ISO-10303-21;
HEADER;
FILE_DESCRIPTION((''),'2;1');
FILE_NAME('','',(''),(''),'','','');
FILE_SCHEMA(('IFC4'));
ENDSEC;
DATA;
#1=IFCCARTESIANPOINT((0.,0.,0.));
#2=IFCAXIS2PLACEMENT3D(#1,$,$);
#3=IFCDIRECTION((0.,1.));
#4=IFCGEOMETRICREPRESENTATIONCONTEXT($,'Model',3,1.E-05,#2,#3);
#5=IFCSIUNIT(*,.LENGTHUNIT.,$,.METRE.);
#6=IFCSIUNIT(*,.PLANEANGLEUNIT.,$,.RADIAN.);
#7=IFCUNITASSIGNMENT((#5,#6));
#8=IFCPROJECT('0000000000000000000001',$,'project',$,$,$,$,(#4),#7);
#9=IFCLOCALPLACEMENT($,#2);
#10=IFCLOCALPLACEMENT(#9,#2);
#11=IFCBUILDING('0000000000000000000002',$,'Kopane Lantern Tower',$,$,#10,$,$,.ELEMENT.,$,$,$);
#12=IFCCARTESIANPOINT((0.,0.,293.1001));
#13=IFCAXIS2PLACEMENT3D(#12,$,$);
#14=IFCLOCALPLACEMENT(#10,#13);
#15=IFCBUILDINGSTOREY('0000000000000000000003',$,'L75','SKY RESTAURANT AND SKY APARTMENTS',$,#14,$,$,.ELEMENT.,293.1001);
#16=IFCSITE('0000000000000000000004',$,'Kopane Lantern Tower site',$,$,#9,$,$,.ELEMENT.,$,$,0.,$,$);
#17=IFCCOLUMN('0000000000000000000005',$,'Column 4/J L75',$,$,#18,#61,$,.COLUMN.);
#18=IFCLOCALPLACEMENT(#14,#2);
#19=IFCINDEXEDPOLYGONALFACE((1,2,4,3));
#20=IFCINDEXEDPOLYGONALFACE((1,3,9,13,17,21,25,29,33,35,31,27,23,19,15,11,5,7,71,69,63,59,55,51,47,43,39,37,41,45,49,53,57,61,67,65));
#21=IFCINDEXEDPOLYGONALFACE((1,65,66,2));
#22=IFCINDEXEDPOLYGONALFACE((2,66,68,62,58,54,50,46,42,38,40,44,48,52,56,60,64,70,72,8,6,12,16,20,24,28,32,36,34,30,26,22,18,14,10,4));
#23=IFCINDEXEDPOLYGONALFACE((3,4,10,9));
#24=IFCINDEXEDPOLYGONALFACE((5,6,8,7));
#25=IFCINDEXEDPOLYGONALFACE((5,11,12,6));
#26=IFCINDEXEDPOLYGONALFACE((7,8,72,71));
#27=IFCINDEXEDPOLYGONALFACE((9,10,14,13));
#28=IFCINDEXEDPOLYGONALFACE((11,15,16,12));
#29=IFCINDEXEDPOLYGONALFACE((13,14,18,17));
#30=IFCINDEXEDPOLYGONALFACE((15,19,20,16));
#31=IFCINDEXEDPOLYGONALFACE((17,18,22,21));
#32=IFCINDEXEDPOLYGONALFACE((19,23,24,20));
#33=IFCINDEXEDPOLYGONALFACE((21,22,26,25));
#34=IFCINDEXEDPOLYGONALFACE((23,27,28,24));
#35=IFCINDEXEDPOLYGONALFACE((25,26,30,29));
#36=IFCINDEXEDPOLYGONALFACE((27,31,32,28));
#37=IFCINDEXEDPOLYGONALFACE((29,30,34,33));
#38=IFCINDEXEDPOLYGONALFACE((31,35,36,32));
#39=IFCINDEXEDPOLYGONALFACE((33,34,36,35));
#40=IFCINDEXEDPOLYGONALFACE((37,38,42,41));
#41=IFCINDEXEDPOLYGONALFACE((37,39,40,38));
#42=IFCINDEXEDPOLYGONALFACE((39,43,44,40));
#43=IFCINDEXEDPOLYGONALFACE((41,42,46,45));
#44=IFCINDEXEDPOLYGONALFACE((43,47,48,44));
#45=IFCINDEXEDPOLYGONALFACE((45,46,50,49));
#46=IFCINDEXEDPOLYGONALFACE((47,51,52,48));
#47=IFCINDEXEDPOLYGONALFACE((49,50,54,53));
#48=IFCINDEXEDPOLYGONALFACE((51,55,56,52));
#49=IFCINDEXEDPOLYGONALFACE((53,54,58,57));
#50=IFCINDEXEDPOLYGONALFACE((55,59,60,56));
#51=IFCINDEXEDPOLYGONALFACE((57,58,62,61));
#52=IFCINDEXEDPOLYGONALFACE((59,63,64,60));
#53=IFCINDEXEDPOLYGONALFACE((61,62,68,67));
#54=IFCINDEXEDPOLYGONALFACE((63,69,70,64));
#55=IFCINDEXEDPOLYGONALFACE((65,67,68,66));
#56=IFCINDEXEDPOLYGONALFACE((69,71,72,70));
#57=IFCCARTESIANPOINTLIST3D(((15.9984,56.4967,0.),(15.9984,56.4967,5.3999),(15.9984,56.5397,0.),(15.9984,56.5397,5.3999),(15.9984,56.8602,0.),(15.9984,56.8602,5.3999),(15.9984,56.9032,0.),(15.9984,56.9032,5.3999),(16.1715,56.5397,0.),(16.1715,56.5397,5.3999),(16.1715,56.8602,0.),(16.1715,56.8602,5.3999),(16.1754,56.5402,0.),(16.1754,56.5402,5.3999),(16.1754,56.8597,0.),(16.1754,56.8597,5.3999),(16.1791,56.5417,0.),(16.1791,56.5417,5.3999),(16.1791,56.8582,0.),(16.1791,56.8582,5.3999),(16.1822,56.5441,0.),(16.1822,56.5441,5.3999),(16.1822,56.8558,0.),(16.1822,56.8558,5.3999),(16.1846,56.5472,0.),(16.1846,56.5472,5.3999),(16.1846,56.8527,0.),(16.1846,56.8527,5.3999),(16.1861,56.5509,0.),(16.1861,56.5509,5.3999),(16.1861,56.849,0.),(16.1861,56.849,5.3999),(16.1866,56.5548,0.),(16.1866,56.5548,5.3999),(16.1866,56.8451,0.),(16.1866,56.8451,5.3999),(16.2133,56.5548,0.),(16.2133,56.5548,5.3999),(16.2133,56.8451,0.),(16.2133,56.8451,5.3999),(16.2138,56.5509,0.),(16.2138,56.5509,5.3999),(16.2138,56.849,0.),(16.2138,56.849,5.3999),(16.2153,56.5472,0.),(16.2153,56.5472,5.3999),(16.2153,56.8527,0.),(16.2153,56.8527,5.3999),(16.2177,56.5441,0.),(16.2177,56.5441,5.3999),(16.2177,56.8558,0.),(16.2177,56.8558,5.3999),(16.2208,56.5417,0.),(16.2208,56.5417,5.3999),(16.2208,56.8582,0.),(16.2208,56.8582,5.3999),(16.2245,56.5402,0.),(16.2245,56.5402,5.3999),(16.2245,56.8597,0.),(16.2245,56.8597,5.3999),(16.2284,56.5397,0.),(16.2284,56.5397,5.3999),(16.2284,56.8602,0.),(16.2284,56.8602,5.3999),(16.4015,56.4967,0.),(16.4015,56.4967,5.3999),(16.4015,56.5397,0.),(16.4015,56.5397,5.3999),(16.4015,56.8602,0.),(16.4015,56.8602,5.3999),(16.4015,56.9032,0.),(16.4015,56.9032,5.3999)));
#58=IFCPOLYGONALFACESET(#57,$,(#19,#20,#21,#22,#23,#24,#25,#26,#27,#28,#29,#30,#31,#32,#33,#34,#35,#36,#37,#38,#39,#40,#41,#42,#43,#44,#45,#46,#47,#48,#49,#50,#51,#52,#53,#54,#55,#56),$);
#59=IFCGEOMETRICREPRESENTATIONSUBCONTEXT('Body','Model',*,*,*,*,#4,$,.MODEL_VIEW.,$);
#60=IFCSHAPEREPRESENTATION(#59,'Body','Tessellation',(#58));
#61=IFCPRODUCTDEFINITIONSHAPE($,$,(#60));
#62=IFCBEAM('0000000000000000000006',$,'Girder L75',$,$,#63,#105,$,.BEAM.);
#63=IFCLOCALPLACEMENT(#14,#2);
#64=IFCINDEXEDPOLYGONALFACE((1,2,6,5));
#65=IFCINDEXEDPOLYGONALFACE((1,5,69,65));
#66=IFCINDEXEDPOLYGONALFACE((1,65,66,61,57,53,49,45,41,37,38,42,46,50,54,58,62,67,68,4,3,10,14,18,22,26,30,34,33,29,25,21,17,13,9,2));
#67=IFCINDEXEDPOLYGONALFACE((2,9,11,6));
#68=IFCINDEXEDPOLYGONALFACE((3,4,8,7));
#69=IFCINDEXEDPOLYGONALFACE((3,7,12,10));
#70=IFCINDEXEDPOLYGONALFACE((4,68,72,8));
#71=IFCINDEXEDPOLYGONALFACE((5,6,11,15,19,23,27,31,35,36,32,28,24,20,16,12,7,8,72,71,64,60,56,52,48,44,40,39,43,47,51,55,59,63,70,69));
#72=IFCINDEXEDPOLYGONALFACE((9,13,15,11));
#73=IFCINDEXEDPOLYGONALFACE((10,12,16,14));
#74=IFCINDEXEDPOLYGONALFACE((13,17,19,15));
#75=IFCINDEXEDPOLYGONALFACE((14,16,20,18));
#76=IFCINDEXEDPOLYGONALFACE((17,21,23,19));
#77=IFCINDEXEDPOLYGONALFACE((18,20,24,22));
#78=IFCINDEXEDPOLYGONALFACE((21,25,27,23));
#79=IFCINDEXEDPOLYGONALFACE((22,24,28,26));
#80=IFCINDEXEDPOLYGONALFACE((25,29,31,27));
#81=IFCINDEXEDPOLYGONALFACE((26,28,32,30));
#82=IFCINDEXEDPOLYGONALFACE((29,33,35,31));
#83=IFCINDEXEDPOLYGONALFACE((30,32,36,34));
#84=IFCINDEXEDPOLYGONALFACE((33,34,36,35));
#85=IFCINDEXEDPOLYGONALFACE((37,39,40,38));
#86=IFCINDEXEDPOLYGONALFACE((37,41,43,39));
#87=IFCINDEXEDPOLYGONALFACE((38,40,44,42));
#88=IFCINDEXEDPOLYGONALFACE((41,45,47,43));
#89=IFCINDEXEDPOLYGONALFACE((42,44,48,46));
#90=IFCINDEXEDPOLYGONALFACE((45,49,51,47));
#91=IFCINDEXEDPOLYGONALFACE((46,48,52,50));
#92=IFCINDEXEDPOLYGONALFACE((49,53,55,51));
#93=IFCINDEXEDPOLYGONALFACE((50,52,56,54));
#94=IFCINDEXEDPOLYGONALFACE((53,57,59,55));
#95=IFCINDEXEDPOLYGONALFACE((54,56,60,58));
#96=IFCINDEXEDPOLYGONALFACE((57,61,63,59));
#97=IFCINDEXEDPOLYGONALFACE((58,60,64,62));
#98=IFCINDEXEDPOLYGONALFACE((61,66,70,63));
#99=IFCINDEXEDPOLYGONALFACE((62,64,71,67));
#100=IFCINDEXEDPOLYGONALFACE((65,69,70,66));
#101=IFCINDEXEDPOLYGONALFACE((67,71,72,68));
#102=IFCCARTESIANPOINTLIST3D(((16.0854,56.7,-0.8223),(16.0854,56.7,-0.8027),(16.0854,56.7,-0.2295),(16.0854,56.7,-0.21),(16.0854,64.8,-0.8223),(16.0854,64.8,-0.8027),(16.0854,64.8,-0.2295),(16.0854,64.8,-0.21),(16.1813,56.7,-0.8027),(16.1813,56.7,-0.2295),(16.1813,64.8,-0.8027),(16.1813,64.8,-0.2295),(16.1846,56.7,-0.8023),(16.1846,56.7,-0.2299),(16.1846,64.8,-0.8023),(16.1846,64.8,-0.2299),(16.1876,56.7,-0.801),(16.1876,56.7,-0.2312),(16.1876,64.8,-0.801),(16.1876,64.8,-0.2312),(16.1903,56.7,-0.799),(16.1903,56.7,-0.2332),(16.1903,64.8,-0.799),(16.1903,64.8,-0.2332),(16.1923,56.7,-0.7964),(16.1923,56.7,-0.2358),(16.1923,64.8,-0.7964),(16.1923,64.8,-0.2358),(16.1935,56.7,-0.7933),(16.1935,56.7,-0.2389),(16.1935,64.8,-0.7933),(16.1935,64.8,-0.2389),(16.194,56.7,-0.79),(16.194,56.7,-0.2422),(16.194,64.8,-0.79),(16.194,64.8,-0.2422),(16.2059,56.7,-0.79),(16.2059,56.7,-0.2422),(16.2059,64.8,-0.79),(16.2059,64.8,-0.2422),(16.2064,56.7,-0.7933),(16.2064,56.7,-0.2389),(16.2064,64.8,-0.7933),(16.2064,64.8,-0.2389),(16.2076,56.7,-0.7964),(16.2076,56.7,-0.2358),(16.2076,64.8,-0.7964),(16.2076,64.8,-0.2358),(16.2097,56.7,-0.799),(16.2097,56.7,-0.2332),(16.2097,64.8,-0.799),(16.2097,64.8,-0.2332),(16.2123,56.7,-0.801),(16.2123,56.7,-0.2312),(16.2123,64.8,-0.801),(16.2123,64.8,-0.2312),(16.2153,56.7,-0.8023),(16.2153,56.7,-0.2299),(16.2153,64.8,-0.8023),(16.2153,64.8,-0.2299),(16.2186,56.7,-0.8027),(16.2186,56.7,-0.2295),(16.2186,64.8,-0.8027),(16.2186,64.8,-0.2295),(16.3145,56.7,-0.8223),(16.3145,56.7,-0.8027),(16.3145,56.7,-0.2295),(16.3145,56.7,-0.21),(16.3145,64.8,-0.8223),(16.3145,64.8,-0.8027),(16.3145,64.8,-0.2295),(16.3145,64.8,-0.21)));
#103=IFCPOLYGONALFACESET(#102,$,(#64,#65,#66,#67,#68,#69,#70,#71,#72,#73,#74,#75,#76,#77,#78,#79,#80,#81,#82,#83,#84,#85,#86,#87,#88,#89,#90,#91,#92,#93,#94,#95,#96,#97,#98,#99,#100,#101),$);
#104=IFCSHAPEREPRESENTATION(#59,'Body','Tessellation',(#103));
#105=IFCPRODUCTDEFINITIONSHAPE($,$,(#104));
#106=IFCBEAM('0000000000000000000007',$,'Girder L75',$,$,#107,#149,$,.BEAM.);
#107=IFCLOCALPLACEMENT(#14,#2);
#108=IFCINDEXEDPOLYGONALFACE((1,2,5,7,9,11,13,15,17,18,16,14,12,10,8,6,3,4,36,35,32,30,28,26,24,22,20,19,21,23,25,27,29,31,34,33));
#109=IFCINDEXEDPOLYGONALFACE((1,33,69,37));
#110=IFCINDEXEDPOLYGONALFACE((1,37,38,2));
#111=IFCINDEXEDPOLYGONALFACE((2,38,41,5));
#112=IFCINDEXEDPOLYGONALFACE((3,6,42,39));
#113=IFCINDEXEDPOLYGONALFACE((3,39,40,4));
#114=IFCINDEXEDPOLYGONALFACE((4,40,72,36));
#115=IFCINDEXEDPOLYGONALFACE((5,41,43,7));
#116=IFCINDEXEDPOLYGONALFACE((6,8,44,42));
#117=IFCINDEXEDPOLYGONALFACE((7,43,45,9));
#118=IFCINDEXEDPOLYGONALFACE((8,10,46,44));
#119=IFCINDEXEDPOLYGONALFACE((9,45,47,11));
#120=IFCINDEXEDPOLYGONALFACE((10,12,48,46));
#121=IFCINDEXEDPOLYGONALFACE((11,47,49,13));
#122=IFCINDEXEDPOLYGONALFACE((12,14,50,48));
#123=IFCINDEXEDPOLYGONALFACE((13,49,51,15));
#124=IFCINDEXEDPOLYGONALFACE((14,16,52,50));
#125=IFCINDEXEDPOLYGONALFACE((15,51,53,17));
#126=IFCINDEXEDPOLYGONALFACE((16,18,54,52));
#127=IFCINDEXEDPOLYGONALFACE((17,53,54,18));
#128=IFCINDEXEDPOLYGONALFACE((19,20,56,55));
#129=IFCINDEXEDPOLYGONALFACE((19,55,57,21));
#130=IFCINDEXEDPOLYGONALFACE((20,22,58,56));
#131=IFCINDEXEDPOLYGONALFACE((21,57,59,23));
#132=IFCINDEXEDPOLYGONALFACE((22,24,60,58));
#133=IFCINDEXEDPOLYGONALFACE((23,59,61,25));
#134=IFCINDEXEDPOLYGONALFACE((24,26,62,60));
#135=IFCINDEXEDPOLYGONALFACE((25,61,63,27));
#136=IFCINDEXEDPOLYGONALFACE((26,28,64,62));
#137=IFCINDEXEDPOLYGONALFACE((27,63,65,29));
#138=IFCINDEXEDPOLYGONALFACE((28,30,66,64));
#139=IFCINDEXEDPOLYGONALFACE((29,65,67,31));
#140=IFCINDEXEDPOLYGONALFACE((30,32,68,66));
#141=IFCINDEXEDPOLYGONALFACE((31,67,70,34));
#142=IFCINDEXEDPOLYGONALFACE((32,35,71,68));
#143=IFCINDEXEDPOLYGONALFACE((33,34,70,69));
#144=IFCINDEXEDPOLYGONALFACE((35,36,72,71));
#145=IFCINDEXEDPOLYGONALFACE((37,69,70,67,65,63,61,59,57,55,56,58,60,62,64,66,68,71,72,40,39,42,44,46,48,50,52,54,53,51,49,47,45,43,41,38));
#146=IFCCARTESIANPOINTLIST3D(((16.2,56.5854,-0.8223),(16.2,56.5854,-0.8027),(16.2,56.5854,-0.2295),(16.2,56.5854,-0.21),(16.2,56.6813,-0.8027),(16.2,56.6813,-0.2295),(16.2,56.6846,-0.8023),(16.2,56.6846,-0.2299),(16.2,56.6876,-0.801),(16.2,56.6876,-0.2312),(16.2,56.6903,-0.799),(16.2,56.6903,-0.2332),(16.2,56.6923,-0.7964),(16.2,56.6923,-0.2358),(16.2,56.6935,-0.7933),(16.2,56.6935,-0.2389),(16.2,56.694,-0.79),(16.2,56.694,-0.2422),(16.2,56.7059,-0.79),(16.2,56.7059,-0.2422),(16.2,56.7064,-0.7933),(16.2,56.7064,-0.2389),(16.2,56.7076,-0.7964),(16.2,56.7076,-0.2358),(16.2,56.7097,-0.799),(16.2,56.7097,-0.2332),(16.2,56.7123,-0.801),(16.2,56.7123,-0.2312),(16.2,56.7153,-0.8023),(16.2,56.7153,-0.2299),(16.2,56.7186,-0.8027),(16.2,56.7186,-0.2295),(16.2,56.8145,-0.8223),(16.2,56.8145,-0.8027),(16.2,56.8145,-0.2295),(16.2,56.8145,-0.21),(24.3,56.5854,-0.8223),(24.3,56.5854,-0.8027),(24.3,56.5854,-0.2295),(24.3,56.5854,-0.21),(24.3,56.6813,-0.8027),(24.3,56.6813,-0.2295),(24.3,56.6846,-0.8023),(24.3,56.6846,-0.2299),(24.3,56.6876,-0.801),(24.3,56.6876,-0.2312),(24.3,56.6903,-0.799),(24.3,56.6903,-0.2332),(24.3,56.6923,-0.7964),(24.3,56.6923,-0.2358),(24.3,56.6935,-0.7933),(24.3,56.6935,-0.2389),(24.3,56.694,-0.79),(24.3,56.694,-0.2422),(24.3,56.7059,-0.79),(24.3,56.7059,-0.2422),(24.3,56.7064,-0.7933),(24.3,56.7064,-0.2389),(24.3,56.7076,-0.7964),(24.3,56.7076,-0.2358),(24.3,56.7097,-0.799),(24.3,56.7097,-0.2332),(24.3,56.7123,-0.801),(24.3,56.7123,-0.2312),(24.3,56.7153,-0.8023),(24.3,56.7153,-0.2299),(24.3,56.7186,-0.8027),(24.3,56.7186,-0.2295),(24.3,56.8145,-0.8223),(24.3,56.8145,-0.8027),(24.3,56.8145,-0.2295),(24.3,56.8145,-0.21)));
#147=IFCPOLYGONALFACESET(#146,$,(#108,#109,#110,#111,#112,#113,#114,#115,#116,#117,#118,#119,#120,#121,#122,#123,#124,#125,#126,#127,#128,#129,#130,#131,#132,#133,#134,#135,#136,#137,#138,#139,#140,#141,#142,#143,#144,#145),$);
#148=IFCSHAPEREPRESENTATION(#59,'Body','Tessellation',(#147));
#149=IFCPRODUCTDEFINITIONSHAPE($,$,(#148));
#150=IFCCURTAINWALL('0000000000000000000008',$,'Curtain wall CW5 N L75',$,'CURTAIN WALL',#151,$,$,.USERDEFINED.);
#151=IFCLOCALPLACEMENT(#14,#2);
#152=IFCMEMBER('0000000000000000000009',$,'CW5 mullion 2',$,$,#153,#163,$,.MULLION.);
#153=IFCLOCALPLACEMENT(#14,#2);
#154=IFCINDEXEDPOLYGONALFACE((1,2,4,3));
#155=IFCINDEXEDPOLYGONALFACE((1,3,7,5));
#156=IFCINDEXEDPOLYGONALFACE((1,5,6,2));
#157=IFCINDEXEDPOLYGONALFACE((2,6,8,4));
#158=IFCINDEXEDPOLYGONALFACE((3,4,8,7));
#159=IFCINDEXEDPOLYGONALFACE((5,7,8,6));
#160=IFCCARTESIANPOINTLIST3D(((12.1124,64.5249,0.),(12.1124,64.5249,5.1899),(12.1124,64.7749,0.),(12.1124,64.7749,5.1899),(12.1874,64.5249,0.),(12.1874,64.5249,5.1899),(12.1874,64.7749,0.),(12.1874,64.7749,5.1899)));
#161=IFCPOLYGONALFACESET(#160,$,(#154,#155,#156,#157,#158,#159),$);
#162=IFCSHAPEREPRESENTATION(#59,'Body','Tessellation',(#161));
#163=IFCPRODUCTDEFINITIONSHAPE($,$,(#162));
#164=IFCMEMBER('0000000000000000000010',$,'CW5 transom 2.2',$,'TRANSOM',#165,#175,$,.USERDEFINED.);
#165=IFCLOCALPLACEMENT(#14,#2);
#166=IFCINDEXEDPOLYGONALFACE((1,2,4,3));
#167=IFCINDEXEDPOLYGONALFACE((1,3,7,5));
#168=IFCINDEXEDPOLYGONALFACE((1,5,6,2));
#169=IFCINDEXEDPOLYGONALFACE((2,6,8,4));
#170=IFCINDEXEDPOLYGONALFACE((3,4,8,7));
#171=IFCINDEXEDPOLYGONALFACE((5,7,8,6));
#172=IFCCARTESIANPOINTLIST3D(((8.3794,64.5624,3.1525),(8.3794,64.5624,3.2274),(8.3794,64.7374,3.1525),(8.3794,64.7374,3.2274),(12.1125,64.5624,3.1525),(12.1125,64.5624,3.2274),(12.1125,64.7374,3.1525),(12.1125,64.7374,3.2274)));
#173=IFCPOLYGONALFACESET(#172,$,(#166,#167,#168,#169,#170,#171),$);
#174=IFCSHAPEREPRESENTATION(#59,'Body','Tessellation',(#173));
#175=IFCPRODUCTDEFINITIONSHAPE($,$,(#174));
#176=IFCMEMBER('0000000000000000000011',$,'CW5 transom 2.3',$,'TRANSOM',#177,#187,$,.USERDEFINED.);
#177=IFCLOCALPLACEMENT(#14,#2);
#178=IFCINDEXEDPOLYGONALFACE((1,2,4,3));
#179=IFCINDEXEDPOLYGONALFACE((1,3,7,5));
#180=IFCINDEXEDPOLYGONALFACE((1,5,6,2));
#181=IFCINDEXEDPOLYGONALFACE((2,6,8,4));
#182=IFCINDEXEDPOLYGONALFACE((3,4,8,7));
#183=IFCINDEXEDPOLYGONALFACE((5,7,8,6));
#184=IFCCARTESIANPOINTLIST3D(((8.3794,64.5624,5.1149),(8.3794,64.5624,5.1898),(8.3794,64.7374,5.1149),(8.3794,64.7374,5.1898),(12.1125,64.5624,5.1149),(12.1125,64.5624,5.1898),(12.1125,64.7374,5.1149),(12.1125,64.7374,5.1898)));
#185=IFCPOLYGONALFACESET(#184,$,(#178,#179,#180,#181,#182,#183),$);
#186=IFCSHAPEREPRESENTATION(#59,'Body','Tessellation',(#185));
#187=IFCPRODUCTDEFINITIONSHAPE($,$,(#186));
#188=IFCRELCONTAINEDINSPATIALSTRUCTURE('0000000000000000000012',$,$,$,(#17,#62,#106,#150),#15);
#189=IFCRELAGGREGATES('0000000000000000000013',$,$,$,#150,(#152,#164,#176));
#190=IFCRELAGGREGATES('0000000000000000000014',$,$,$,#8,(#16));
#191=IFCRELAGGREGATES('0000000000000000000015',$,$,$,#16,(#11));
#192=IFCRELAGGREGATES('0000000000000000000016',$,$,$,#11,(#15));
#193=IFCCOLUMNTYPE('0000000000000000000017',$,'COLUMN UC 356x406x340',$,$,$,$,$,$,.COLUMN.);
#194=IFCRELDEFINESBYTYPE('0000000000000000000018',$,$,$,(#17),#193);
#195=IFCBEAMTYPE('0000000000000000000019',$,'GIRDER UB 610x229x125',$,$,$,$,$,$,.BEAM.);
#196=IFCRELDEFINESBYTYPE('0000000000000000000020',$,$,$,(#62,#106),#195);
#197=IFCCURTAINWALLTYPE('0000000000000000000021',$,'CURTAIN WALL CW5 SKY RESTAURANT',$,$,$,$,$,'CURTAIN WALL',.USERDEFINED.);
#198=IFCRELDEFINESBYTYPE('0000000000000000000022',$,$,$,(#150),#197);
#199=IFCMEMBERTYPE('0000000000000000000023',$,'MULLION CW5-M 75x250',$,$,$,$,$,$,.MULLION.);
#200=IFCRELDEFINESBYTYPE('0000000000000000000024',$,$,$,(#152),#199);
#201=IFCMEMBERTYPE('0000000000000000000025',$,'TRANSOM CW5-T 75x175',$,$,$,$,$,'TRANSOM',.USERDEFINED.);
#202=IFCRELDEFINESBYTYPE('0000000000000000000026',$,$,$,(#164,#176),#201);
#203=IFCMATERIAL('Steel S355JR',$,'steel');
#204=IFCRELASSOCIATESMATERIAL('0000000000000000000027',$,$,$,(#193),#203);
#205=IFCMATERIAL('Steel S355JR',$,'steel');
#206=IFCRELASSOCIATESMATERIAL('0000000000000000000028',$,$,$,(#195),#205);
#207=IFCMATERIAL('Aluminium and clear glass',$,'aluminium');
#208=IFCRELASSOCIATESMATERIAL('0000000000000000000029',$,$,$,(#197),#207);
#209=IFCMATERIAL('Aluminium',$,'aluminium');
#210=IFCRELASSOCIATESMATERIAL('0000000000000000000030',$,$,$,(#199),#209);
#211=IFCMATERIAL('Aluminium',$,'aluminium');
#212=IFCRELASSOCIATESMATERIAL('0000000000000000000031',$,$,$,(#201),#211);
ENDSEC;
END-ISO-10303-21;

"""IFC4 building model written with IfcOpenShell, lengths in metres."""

from ifc_helpers import new_model, si_unit, direction, frame, origin, origin_2d, place, context, subcontext, project, spatial, rectangle, i_section, extrude, material, material_profile, profile_set, type_object, element, aggregate, save


model = new_model("IFC4")

# Units and contexts
model_context = context("Model", 3, precision=1e-05, world=origin(), true_north=direction((0.0, 1.0)))
body_context = subcontext(model_context, "Body", "Model", "MODEL_VIEW")
ifc_project = project(units=[si_unit("LENGTHUNIT", "METRE"), si_unit("PLANEANGLEUNIT", "RADIAN")], contexts=[model_context])

# Site, building, storey
site_placement = place(None, origin())
site = spatial("IfcSite", under=ifc_project, at=site_placement, Name="Kopane Lantern Tower site", CompositionType="ELEMENT", RefElevation=0.0)
building_placement = place(site_placement, origin())
building = spatial("IfcBuilding", under=site, at=building_placement, Name="Kopane Lantern Tower", CompositionType="ELEMENT")
storey_placement = place(building_placement, frame((0.0, 0.0, 293.1001)))
storey = spatial("IfcBuildingStorey", under=building, at=storey_placement, Name="L75", Description="SKY RESTAURANT AND SKY APARTMENTS", CompositionType="ELEMENT", Elevation=293.1001)

# Column
ifc_material_1 = material(Name="Steel S355JR", Category="steel")
ifc_material_profile_1 = material_profile(ifc_material_1, i_section(OverallWidth=0.4031, OverallDepth=0.4065, WebThickness=0.0266, FlangeThickness=0.043, FilletRadius=0.0151, at=origin_2d()), Name="UC 356x406x340")
ifc_profile_set_1 = profile_set([ifc_material_profile_1], Name="Steel S355JR")
column_type = type_object("IfcColumnType", Name="COLUMN UC 356x406x340", PredefinedType="COLUMN", material=ifc_profile_set_1)
column_placement = place(storey_placement, frame((16.2, 56.7, 0.0), z_axis=(0.0, 0.0, 1.0), x_axis=(1.0, 0.0, 0.0)))
element("IfcColumn", 1, at=column_placement, inside=storey, type_object=column_type, Name="Column 4/J L75", PredefinedType="COLUMN", context=body_context, shape_type="SweptSolid", body=[
    extrude(i_section(OverallWidth=0.4031, OverallDepth=0.4065, WebThickness=0.0266, FlangeThickness=0.043, FilletRadius=0.0151, at=origin_2d()), origin(), (0.0, 0.0, 1.0), 5.3999),
])

# Beams
ifc_material_2 = material(Name="Steel S355JR", Category="steel")
ifc_material_profile_2 = material_profile(ifc_material_2, i_section(OverallWidth=0.229, OverallDepth=0.6123, WebThickness=0.012, FlangeThickness=0.0195, FilletRadius=0.0127, at=origin_2d()), Name="UB 610x229x125")
ifc_profile_set_2 = profile_set([ifc_material_profile_2], Name="Steel S355JR")
beam_type = type_object("IfcBeamType", Name="GIRDER UB 610x229x125", PredefinedType="BEAM", material=ifc_profile_set_2)
for number, where, z_axis, x_axis, name in (
    (2, (16.2, 56.7, -0.5161), (0.0, 1.0, 0.0), (-1.0, 0.0, 0.0), "Girder L75"),
    (3, (16.2, 56.7, -0.5161), (1.0, 0.0, 0.0), (0.0, 1.0, 0.0), "Girder L75"),
):
    element("IfcBeam", number, at=place(storey_placement, frame(where, z_axis=z_axis, x_axis=x_axis)), inside=storey, type_object=beam_type, Name=name, PredefinedType="BEAM", context=body_context, shape_type="SweptSolid", body=[
        extrude(i_section(OverallWidth=0.229, OverallDepth=0.6123, WebThickness=0.012, FlangeThickness=0.0195, FilletRadius=0.0127, at=origin_2d()), origin(), (0.0, 0.0, 1.0), 8.1001),
    ])

# Curtain wall, members
ifc_material_3 = material(Name="Aluminium and clear glass", Category="aluminium")
curtain_wall_type = type_object("IfcCurtainWallType", Name="CURTAIN WALL CW5 SKY RESTAURANT", ElementType="CURTAIN WALL", PredefinedType="USERDEFINED", material=ifc_material_3)
curtain_wall_1_placement = place(storey_placement, origin())
curtain_wall_1 = element("IfcCurtainWall", 4, at=curtain_wall_1_placement, inside=storey, type_object=curtain_wall_type, Name="Curtain wall CW5 N L75", ObjectType="CURTAIN WALL", PredefinedType="USERDEFINED")
ifc_material_4 = material(Name="Aluminium", Category="aluminium")
ifc_material_profile_3 = material_profile(ifc_material_4, rectangle(XDim=0.075, YDim=0.25, at=origin_2d()), Name="AL 75x250")
ifc_profile_set_3 = profile_set([ifc_material_profile_3], Name="Aluminium")
member_type_1 = type_object("IfcMemberType", Name="MULLION CW5-M 75x250", PredefinedType="MULLION", material=ifc_profile_set_3)
member_1_placement = place(storey_placement, frame((12.1499, 64.6499, 0.0), z_axis=(0.0, 0.0, 1.0), x_axis=(-1.0, 0.0, 0.0)))
member_1 = element("IfcMember", 5, at=member_1_placement, type_object=member_type_1, Name="CW5 mullion 2", PredefinedType="MULLION", context=body_context, shape_type="SweptSolid", body=[
    extrude(rectangle(XDim=0.075, YDim=0.25, at=origin_2d()), origin(), (0.0, 0.0, 1.0), 5.1899),
])
ifc_material_5 = material(Name="Aluminium", Category="aluminium")
ifc_material_profile_4 = material_profile(ifc_material_5, rectangle(XDim=0.175, YDim=0.075, at=origin_2d()), Name="AL 175x75")
ifc_profile_set_4 = profile_set([ifc_material_profile_4], Name="Aluminium")
member_type_2 = type_object("IfcMemberType", Name="TRANSOM CW5-T 75x175", ElementType="TRANSOM", PredefinedType="USERDEFINED", material=ifc_profile_set_4)
member_2_placement = place(storey_placement, frame((12.1125, 64.6499, 3.1899), z_axis=(-1.0, 0.0, 0.0), x_axis=(0.0, -1.0, 0.0)))
member_2 = element("IfcMember", 6, at=member_2_placement, type_object=member_type_2, Name="CW5 transom 2.2", ObjectType="TRANSOM", PredefinedType="USERDEFINED", context=body_context, shape_type="SweptSolid", body=[
    extrude(rectangle(XDim=0.175, YDim=0.075, at=origin_2d()), origin(), (0.0, 0.0, 1.0), 3.7332),
])
member_3_placement = place(storey_placement, frame((12.1125, 64.6499, 5.1523), z_axis=(-1.0, 0.0, 0.0), x_axis=(0.0, -1.0, 0.0)))
member_3 = element("IfcMember", 7, at=member_3_placement, type_object=member_type_2, Name="CW5 transom 2.3", ObjectType="TRANSOM", PredefinedType="USERDEFINED", context=body_context, shape_type="SweptSolid", body=[
    extrude(rectangle(XDim=0.175, YDim=0.075, at=origin_2d()), origin(), (0.0, 0.0, 1.0), 3.7332),
])

aggregate(curtain_wall_1, [member_1, member_2, member_3])

save(model, "model.ifc")
